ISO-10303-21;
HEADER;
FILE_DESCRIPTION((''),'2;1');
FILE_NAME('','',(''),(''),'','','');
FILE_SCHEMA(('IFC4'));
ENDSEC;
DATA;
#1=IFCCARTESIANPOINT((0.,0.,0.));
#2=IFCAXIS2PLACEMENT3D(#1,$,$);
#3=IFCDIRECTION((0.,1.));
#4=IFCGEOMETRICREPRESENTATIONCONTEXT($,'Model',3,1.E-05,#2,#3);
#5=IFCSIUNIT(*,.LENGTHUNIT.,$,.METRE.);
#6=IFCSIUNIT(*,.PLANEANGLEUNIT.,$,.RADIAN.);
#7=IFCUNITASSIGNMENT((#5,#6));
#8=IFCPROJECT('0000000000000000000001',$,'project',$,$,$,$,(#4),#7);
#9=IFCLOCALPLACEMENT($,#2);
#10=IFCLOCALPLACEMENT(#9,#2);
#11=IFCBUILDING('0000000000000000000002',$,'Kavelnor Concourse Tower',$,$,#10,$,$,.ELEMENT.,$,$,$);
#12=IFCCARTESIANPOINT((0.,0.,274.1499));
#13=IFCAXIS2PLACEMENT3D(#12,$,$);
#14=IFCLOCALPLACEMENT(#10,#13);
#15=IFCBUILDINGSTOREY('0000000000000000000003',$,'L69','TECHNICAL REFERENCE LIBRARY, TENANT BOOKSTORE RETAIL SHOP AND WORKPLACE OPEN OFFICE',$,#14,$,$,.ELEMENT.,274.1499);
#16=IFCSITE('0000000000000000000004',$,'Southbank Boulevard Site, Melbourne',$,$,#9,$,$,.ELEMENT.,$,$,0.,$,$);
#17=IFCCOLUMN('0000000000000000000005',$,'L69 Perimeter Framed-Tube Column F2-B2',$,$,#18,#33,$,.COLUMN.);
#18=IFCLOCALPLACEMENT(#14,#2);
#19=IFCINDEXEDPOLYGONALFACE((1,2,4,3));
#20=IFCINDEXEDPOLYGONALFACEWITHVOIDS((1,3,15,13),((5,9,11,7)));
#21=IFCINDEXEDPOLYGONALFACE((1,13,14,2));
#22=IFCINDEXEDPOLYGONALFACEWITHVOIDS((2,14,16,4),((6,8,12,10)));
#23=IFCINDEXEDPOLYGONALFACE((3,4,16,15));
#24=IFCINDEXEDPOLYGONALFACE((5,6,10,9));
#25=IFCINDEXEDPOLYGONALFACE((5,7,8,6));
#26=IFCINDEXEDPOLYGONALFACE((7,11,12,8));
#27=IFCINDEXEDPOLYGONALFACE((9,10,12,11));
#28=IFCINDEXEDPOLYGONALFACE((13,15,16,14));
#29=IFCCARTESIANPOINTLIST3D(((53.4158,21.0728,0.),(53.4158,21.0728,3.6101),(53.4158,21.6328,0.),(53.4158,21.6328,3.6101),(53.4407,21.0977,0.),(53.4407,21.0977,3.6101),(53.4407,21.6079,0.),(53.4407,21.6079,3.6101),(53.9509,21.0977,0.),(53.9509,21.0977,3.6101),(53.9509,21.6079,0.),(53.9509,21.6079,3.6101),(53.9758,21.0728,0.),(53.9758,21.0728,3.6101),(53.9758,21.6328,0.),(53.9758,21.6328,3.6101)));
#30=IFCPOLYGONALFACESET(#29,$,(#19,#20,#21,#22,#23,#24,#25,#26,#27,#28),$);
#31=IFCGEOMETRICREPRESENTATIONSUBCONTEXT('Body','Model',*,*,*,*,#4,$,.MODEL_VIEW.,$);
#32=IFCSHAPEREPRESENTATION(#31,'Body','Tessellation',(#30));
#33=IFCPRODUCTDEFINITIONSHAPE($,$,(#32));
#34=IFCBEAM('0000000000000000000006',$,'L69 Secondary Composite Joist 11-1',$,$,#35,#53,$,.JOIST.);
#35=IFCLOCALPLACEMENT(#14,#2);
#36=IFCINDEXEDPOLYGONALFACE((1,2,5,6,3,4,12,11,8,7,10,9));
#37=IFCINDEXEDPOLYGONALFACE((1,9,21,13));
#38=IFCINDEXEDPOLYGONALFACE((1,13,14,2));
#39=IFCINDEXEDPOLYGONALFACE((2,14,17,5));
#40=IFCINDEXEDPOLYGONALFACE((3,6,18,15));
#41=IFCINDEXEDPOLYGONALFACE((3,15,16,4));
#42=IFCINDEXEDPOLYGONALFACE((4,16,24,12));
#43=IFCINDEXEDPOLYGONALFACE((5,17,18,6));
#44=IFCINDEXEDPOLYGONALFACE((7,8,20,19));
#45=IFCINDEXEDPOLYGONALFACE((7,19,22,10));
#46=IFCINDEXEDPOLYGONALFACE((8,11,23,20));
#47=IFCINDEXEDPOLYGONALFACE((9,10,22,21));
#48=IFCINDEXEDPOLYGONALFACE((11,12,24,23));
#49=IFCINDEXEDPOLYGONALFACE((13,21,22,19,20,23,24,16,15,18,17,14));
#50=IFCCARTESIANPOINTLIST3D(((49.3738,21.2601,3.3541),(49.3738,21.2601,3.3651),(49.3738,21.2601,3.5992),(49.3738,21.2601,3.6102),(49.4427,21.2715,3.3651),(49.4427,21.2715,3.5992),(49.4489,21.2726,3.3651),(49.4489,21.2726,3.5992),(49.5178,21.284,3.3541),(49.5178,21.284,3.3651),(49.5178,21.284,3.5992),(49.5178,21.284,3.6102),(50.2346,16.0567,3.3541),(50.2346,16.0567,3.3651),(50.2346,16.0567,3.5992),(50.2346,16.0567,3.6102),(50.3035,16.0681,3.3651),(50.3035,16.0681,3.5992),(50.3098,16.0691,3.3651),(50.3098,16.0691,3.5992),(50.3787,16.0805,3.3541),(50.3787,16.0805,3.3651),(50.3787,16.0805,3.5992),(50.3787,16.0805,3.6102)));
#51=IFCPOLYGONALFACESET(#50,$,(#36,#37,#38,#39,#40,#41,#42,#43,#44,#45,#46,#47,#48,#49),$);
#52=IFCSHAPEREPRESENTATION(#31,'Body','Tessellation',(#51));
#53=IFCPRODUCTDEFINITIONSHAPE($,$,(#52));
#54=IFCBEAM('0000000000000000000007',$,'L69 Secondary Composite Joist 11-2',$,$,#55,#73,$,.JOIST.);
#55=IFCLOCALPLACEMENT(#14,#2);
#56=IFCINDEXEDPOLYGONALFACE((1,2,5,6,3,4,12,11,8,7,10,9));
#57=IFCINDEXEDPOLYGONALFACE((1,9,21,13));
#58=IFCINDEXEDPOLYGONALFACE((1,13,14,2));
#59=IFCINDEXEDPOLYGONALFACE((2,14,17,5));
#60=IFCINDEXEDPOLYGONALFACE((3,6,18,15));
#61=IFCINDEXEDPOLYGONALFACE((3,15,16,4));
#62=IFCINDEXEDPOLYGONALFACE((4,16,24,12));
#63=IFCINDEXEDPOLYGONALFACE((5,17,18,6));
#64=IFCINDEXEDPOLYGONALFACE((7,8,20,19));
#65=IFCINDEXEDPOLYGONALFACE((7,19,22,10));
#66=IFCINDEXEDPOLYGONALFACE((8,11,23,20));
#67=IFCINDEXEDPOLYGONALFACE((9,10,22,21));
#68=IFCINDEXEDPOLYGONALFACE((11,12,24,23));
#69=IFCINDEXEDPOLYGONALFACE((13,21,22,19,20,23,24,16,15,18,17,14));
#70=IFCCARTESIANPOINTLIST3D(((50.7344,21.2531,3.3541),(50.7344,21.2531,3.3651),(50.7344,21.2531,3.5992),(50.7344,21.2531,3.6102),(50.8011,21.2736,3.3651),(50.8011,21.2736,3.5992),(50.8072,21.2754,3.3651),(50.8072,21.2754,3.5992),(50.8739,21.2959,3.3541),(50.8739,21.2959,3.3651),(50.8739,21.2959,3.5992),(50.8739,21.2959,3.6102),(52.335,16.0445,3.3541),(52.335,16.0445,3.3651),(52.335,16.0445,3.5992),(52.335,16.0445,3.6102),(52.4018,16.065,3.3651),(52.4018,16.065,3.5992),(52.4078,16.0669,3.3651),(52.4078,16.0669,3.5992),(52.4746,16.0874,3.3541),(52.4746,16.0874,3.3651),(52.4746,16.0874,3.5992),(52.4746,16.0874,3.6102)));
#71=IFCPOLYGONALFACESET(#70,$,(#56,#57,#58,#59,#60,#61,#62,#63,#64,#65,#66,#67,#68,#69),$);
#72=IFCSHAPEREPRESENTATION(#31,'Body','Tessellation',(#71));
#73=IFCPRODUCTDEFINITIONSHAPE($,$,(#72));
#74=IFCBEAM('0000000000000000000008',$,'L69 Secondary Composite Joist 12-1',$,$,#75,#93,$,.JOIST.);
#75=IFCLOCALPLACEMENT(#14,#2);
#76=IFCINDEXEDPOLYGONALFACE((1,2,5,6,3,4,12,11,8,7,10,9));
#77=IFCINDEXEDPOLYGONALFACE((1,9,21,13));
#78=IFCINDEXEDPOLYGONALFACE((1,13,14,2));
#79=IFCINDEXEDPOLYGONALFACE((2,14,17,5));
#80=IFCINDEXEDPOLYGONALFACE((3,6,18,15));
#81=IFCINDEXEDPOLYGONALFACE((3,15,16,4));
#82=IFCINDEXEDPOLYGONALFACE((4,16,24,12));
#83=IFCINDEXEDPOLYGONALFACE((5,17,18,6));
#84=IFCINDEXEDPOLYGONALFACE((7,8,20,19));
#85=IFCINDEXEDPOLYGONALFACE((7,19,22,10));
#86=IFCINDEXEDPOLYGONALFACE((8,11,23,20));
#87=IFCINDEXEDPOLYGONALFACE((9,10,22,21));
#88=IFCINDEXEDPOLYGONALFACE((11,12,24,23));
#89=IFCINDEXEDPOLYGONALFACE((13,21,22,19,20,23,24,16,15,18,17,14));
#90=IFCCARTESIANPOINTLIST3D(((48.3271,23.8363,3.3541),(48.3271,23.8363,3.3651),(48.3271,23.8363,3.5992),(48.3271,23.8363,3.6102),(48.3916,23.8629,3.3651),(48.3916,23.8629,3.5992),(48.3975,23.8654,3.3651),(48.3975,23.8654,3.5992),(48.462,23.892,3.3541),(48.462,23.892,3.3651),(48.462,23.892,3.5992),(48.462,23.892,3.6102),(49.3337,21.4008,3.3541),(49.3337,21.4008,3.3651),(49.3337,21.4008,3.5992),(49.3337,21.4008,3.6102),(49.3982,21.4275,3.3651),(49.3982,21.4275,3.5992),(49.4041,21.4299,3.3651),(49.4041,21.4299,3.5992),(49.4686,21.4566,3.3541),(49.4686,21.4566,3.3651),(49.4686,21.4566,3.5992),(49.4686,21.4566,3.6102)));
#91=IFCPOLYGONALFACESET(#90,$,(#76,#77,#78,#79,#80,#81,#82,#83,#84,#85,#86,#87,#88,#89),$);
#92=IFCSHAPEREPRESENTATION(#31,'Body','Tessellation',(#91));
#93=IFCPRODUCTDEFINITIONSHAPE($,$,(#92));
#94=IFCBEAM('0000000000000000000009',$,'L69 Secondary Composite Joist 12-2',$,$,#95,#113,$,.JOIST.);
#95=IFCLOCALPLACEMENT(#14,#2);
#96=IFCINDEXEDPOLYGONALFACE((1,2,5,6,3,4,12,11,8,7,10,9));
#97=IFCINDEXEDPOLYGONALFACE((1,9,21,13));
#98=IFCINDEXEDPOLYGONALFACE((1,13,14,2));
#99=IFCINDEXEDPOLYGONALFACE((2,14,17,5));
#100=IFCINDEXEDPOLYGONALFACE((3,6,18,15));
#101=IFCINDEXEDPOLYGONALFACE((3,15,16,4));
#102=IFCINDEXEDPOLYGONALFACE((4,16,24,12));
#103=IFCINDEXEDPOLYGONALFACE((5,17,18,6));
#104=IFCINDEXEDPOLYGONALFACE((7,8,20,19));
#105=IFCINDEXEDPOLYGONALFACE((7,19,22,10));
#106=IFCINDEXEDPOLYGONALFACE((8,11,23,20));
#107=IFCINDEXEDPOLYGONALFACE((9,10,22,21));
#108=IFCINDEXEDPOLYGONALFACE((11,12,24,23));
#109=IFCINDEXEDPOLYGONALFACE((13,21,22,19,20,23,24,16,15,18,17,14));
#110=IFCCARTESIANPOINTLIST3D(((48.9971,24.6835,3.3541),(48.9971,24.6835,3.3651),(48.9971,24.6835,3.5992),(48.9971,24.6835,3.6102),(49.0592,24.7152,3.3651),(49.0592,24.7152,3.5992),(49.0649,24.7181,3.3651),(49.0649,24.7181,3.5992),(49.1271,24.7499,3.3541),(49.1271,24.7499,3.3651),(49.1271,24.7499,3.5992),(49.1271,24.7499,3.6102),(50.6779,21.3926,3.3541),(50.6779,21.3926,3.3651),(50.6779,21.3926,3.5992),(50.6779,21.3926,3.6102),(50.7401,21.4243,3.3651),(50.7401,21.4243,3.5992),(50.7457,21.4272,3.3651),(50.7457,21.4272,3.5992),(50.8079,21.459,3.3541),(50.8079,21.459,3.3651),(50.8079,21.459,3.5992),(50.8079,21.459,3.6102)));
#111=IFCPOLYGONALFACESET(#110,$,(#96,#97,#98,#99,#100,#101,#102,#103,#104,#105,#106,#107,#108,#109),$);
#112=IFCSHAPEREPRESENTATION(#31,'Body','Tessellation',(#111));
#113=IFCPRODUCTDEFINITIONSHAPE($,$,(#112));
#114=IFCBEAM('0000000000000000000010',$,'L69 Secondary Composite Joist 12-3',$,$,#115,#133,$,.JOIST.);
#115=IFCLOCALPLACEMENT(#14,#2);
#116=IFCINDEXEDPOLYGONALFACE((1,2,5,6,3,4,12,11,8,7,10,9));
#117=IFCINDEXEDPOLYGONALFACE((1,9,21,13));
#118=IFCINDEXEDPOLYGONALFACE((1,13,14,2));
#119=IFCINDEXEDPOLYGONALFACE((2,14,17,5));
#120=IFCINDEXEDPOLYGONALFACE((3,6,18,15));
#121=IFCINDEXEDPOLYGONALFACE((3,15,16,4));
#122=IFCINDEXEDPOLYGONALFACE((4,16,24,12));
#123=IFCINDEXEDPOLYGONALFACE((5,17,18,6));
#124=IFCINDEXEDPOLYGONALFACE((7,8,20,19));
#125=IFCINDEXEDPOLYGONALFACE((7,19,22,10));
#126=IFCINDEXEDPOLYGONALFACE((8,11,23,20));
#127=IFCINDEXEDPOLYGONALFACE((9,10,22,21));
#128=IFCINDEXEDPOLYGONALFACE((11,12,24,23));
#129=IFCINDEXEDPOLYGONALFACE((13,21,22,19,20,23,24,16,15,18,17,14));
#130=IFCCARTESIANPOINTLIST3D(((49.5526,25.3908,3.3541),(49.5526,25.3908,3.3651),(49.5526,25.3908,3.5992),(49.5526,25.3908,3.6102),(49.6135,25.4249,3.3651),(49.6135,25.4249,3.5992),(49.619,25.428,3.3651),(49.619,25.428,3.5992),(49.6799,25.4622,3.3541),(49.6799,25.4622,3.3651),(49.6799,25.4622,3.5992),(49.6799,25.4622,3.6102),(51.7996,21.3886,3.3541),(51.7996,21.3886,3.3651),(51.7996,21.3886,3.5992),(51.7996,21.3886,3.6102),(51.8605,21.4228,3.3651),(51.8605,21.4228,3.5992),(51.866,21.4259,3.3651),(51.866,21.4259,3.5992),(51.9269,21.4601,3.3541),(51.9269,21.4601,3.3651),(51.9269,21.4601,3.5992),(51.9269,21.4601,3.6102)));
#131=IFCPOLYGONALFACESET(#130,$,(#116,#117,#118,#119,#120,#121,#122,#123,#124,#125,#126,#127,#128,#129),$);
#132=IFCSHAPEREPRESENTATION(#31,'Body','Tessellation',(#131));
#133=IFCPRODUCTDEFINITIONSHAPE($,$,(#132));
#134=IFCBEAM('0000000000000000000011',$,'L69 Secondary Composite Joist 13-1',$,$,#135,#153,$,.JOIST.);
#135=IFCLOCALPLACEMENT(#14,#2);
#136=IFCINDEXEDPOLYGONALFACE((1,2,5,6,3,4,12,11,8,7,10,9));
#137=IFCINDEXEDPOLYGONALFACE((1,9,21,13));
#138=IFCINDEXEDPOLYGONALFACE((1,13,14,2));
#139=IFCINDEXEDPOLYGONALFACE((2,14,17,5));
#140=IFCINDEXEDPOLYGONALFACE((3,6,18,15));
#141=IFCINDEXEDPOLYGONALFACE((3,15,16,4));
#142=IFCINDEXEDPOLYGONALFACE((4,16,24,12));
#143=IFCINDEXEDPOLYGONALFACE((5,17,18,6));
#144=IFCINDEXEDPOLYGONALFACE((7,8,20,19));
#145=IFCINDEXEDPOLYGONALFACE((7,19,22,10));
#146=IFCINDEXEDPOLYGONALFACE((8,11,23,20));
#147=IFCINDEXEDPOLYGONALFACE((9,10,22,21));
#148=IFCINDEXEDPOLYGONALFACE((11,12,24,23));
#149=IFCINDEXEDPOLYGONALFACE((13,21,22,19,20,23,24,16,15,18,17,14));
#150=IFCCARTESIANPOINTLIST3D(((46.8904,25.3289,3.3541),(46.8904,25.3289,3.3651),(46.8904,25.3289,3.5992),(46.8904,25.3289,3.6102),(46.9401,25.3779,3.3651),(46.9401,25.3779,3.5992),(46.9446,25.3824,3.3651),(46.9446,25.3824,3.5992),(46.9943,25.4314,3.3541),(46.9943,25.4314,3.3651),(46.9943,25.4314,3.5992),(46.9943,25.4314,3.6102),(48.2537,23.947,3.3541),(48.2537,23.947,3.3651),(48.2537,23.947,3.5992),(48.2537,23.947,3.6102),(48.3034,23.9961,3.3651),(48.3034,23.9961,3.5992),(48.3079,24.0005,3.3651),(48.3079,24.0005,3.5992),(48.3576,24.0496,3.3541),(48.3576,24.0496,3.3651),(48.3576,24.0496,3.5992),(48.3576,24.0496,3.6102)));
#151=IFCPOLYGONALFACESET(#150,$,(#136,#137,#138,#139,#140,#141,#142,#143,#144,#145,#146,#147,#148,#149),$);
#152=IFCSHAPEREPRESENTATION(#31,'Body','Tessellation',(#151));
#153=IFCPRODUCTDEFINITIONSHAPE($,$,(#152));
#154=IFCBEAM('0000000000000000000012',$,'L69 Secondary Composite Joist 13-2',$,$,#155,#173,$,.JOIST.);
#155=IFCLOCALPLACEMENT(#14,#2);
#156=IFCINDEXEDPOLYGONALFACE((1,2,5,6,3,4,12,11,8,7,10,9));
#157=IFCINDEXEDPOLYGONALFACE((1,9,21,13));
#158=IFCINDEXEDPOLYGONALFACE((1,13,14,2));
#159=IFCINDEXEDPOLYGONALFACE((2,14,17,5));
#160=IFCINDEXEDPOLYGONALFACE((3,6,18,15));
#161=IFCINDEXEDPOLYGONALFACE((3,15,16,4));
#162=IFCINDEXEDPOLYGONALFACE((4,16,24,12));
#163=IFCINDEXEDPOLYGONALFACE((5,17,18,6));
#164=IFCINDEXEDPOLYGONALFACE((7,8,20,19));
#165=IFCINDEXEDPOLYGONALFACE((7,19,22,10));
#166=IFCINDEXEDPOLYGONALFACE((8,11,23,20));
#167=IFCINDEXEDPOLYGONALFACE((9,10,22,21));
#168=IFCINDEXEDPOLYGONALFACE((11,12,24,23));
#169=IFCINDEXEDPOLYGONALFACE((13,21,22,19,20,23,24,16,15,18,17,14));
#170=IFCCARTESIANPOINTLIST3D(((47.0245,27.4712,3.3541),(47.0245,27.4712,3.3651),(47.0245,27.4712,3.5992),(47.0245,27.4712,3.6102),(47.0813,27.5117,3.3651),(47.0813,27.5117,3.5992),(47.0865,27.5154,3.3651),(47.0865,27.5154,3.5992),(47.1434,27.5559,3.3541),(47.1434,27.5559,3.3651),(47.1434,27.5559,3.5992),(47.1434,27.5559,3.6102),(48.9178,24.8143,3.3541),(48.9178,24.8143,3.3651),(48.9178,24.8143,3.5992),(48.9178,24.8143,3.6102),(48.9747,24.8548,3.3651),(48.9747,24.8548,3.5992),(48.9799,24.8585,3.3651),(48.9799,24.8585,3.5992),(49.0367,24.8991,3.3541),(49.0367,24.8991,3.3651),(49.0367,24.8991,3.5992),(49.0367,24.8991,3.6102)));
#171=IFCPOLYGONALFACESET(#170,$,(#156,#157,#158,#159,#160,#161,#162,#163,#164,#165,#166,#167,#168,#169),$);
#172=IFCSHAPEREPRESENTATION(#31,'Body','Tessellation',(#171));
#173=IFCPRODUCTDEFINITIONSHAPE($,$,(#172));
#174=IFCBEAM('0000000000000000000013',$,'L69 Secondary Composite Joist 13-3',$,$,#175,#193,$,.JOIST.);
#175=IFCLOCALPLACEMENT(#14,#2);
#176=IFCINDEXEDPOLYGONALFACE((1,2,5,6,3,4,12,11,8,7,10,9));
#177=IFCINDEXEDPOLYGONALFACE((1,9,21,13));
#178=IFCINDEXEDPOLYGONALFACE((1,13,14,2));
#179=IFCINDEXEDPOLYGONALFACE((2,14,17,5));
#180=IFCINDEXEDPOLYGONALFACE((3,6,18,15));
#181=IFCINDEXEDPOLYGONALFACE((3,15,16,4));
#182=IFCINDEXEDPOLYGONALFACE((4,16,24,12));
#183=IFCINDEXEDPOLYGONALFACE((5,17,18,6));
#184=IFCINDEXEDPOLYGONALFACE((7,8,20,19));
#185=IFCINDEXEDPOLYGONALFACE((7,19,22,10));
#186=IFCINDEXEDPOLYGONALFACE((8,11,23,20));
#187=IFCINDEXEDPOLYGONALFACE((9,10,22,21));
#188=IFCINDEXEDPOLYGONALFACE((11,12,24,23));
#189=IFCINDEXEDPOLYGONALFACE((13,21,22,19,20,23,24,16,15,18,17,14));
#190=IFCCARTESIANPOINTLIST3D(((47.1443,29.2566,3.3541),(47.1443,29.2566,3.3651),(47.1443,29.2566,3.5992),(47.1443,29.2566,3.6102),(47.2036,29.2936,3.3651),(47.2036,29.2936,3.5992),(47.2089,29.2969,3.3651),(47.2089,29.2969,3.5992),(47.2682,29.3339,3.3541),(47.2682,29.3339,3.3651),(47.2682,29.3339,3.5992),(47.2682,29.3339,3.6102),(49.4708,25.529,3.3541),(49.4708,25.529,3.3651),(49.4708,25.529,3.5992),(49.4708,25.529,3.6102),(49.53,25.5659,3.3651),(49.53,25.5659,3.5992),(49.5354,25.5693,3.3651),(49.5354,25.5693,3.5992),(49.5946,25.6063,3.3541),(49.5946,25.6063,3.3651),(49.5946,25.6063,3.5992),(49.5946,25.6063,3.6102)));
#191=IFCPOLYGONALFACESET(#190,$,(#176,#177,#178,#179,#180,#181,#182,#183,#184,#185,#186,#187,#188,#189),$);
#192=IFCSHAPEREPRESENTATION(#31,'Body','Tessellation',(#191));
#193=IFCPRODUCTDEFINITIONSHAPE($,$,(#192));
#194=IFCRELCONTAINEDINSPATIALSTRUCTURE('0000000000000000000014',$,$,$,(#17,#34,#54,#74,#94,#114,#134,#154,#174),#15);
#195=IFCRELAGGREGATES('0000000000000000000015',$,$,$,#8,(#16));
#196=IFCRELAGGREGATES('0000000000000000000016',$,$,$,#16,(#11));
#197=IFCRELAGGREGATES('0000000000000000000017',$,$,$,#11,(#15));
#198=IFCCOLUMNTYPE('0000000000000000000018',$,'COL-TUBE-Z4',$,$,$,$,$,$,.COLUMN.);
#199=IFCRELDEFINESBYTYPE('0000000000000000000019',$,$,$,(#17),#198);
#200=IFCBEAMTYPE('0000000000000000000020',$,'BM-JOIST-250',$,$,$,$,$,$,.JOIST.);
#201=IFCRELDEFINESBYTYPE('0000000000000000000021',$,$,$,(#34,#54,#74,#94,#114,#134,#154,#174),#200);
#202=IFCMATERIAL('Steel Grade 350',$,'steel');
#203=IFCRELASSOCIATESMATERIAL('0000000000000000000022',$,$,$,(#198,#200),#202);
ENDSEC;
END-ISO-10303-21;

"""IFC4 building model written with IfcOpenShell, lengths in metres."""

from ifc_helpers import new_model, si_unit, direction, frame, origin, origin_2d, place, context, subcontext, project, spatial, hollow_rectangle, i_section, extrude, material, material_profile, profile_set, type_object, element, save


model = new_model("IFC4")

# Units and contexts
model_context = context("Model", 3, precision=1e-05, world=origin(), true_north=direction((0.0, 1.0)))
body_context = subcontext(model_context, "Body", "Model", "MODEL_VIEW")
ifc_project = project(units=[si_unit("LENGTHUNIT", "METRE"), si_unit("PLANEANGLEUNIT", "RADIAN")], contexts=[model_context])

# Site, building, storey
site_placement = place(None, origin())
site = spatial("IfcSite", under=ifc_project, at=site_placement, Name="Southbank Boulevard Site, Melbourne", CompositionType="ELEMENT", RefElevation=0.0)
building_placement = place(site_placement, origin())
building = spatial("IfcBuilding", under=site, at=building_placement, Name="Kavelnor Concourse Tower", CompositionType="ELEMENT")
storey_placement = place(building_placement, frame((0.0, 0.0, 274.1499)))
storey = spatial("IfcBuildingStorey", under=building, at=storey_placement, Name="L69", Description="TECHNICAL REFERENCE LIBRARY, TENANT BOOKSTORE RETAIL SHOP AND WORKPLACE OPEN OFFICE", CompositionType="ELEMENT", Elevation=274.1499)

# Column
ifc_material_1 = material(Name="Steel Grade 350", Category="steel")
ifc_material_profile_1 = material_profile(ifc_material_1, hollow_rectangle(XDim=0.5601, YDim=0.5601, WallThickness=0.0249, at=origin_2d()), Name="SHS 560x560x25")
ifc_profile_set_1 = profile_set([ifc_material_profile_1], Name="Steel Grade 350")
column_type = type_object("IfcColumnType", Name="COL-TUBE-Z4", PredefinedType="COLUMN", material=ifc_profile_set_1)
column_placement = place(storey_placement, frame((53.6958, 21.3528, 0.0), z_axis=(0.0, 0.0, 1.0), x_axis=(1.0, 0.0, 0.0)))
element("IfcColumn", 1, at=column_placement, inside=storey, type_object=column_type, Name="L69 Perimeter Framed-Tube Column F2-B2", PredefinedType="COLUMN", context=body_context, shape_type="SweptSolid", body=[
    extrude(hollow_rectangle(XDim=0.5601, YDim=0.5601, WallThickness=0.0249, at=origin_2d()), origin(), (0.0, 0.0, 1.0), 3.6101),
])

# Beams
ifc_material_profile_2 = material_profile(ifc_material_1, i_section(OverallWidth=0.146, OverallDepth=0.2561, WebThickness=0.0063, FlangeThickness=0.011, at=origin_2d()), Name="250UB37")
ifc_profile_set_2 = profile_set([ifc_material_profile_2], Name="Steel Grade 350")
beam_type_1 = type_object("IfcBeamType", Name="BM-JOIST-250", PredefinedType="JOIST", material=ifc_profile_set_2)
beam_1_placement = place(storey_placement, frame((50.3066, 16.0686, 3.4822), z_axis=(-0.16322, 0.98659, 0.0), x_axis=(-0.98659, -0.16322, 0.0)))
element("IfcBeam", 2, at=beam_1_placement, inside=storey, type_object=beam_type_1, Name="L69 Secondary Composite Joist 11-1", PredefinedType="JOIST", context=body_context, shape_type="SweptSolid", body=[
    extrude(i_section(OverallWidth=0.146, OverallDepth=0.2561, WebThickness=0.0063, FlangeThickness=0.011, at=origin_2d()), origin(), (0.0, 0.0, 1.0), 5.2742),
])
beam_2_placement = place(storey_placement, frame((52.4048, 16.0659, 3.4822), z_axis=(-0.293746, 0.955884, 0.0), x_axis=(-0.955884, -0.293746, 0.0)))
element("IfcBeam", 3, at=beam_2_placement, inside=storey, type_object=beam_type_1, Name="L69 Secondary Composite Joist 11-2", PredefinedType="JOIST", context=body_context, shape_type="SweptSolid", body=[
    extrude(i_section(OverallWidth=0.146, OverallDepth=0.2561, WebThickness=0.0063, FlangeThickness=0.011, at=origin_2d()), origin(), (0.0, 0.0, 1.0), 5.449),
])
beam_3_placement = place(storey_placement, frame((49.4011, 21.4287, 3.4822), z_axis=(-0.381956, 0.92418, 0.0), x_axis=(-0.92418, -0.381956, 0.0)))
element("IfcBeam", 4, at=beam_3_placement, inside=storey, type_object=beam_type_1, Name="L69 Secondary Composite Joist 12-1", PredefinedType="JOIST", context=body_context, shape_type="SweptSolid", body=[
    extrude(i_section(OverallWidth=0.146, OverallDepth=0.2561, WebThickness=0.0063, FlangeThickness=0.011, at=origin_2d()), origin(), (0.0, 0.0, 1.0), 2.6353),
])
beam_4_placement = place(storey_placement, frame((50.7429, 21.4258, 3.4822), z_axis=(-0.454861, 0.890563, 0.0), x_axis=(-0.890563, -0.454861, 0.0)))
element("IfcBeam", 5, at=beam_4_placement, inside=storey, type_object=beam_type_1, Name="L69 Secondary Composite Joist 12-2", PredefinedType="JOIST", context=body_context, shape_type="SweptSolid", body=[
    extrude(i_section(OverallWidth=0.146, OverallDepth=0.2561, WebThickness=0.0063, FlangeThickness=0.011, at=origin_2d()), origin(), (0.0, 0.0, 1.0), 3.6953),
])
beam_5_placement = place(storey_placement, frame((51.8633, 21.4243, 3.4822), z_axis=(-0.489572, 0.871963, 0.0), x_axis=(-0.871963, -0.489572, 0.0)))
element("IfcBeam", 6, at=beam_5_placement, inside=storey, type_object=beam_type_1, Name="L69 Secondary Composite Joist 12-3", PredefinedType="JOIST", context=body_context, shape_type="SweptSolid", body=[
    extrude(i_section(OverallWidth=0.146, OverallDepth=0.2561, WebThickness=0.0063, FlangeThickness=0.011, at=origin_2d()), origin(), (0.0, 0.0, 1.0), 4.5898),
])
beam_6_placement = place(storey_placement, frame((48.3057, 23.9983, 3.4822), z_axis=(-0.702311, 0.71187, 0.0), x_axis=(-0.71187, -0.702311, 0.0)))
element("IfcBeam", 7, at=beam_6_placement, inside=storey, type_object=beam_type_1, Name="L69 Secondary Composite Joist 13-1", PredefinedType="JOIST", context=body_context, shape_type="SweptSolid", body=[
    extrude(i_section(OverallWidth=0.146, OverallDepth=0.2561, WebThickness=0.0063, FlangeThickness=0.011, at=origin_2d()), origin(), (0.0, 0.0, 1.0), 1.9412),
])
beam_7_placement = place(storey_placement, frame((48.9773, 24.8567, 3.4822), z_axis=(-0.580353, 0.814365, 0.0), x_axis=(-0.814365, -0.580353, 0.0)))
element("IfcBeam", 8, at=beam_7_placement, inside=storey, type_object=beam_type_1, Name="L69 Secondary Composite Joist 13-2", PredefinedType="JOIST", context=body_context, shape_type="SweptSolid", body=[
    extrude(i_section(OverallWidth=0.146, OverallDepth=0.2561, WebThickness=0.0063, FlangeThickness=0.011, at=origin_2d()), origin(), (0.0, 0.0, 1.0), 3.2625),
])
beam_8_placement = place(storey_placement, frame((49.5327, 25.5676, 3.4822), z_axis=(-0.529459, 0.848335, 0.0), x_axis=(-0.848335, -0.529459, 0.0)))
element("IfcBeam", 9, at=beam_8_placement, inside=storey, type_object=beam_type_1, Name="L69 Secondary Composite Joist 13-3", PredefinedType="JOIST", context=body_context, shape_type="SweptSolid", body=[
    extrude(i_section(OverallWidth=0.146, OverallDepth=0.2561, WebThickness=0.0063, FlangeThickness=0.011, at=origin_2d()), origin(), (0.0, 0.0, 1.0), 4.394),
])

save(model, "model.ifc")
